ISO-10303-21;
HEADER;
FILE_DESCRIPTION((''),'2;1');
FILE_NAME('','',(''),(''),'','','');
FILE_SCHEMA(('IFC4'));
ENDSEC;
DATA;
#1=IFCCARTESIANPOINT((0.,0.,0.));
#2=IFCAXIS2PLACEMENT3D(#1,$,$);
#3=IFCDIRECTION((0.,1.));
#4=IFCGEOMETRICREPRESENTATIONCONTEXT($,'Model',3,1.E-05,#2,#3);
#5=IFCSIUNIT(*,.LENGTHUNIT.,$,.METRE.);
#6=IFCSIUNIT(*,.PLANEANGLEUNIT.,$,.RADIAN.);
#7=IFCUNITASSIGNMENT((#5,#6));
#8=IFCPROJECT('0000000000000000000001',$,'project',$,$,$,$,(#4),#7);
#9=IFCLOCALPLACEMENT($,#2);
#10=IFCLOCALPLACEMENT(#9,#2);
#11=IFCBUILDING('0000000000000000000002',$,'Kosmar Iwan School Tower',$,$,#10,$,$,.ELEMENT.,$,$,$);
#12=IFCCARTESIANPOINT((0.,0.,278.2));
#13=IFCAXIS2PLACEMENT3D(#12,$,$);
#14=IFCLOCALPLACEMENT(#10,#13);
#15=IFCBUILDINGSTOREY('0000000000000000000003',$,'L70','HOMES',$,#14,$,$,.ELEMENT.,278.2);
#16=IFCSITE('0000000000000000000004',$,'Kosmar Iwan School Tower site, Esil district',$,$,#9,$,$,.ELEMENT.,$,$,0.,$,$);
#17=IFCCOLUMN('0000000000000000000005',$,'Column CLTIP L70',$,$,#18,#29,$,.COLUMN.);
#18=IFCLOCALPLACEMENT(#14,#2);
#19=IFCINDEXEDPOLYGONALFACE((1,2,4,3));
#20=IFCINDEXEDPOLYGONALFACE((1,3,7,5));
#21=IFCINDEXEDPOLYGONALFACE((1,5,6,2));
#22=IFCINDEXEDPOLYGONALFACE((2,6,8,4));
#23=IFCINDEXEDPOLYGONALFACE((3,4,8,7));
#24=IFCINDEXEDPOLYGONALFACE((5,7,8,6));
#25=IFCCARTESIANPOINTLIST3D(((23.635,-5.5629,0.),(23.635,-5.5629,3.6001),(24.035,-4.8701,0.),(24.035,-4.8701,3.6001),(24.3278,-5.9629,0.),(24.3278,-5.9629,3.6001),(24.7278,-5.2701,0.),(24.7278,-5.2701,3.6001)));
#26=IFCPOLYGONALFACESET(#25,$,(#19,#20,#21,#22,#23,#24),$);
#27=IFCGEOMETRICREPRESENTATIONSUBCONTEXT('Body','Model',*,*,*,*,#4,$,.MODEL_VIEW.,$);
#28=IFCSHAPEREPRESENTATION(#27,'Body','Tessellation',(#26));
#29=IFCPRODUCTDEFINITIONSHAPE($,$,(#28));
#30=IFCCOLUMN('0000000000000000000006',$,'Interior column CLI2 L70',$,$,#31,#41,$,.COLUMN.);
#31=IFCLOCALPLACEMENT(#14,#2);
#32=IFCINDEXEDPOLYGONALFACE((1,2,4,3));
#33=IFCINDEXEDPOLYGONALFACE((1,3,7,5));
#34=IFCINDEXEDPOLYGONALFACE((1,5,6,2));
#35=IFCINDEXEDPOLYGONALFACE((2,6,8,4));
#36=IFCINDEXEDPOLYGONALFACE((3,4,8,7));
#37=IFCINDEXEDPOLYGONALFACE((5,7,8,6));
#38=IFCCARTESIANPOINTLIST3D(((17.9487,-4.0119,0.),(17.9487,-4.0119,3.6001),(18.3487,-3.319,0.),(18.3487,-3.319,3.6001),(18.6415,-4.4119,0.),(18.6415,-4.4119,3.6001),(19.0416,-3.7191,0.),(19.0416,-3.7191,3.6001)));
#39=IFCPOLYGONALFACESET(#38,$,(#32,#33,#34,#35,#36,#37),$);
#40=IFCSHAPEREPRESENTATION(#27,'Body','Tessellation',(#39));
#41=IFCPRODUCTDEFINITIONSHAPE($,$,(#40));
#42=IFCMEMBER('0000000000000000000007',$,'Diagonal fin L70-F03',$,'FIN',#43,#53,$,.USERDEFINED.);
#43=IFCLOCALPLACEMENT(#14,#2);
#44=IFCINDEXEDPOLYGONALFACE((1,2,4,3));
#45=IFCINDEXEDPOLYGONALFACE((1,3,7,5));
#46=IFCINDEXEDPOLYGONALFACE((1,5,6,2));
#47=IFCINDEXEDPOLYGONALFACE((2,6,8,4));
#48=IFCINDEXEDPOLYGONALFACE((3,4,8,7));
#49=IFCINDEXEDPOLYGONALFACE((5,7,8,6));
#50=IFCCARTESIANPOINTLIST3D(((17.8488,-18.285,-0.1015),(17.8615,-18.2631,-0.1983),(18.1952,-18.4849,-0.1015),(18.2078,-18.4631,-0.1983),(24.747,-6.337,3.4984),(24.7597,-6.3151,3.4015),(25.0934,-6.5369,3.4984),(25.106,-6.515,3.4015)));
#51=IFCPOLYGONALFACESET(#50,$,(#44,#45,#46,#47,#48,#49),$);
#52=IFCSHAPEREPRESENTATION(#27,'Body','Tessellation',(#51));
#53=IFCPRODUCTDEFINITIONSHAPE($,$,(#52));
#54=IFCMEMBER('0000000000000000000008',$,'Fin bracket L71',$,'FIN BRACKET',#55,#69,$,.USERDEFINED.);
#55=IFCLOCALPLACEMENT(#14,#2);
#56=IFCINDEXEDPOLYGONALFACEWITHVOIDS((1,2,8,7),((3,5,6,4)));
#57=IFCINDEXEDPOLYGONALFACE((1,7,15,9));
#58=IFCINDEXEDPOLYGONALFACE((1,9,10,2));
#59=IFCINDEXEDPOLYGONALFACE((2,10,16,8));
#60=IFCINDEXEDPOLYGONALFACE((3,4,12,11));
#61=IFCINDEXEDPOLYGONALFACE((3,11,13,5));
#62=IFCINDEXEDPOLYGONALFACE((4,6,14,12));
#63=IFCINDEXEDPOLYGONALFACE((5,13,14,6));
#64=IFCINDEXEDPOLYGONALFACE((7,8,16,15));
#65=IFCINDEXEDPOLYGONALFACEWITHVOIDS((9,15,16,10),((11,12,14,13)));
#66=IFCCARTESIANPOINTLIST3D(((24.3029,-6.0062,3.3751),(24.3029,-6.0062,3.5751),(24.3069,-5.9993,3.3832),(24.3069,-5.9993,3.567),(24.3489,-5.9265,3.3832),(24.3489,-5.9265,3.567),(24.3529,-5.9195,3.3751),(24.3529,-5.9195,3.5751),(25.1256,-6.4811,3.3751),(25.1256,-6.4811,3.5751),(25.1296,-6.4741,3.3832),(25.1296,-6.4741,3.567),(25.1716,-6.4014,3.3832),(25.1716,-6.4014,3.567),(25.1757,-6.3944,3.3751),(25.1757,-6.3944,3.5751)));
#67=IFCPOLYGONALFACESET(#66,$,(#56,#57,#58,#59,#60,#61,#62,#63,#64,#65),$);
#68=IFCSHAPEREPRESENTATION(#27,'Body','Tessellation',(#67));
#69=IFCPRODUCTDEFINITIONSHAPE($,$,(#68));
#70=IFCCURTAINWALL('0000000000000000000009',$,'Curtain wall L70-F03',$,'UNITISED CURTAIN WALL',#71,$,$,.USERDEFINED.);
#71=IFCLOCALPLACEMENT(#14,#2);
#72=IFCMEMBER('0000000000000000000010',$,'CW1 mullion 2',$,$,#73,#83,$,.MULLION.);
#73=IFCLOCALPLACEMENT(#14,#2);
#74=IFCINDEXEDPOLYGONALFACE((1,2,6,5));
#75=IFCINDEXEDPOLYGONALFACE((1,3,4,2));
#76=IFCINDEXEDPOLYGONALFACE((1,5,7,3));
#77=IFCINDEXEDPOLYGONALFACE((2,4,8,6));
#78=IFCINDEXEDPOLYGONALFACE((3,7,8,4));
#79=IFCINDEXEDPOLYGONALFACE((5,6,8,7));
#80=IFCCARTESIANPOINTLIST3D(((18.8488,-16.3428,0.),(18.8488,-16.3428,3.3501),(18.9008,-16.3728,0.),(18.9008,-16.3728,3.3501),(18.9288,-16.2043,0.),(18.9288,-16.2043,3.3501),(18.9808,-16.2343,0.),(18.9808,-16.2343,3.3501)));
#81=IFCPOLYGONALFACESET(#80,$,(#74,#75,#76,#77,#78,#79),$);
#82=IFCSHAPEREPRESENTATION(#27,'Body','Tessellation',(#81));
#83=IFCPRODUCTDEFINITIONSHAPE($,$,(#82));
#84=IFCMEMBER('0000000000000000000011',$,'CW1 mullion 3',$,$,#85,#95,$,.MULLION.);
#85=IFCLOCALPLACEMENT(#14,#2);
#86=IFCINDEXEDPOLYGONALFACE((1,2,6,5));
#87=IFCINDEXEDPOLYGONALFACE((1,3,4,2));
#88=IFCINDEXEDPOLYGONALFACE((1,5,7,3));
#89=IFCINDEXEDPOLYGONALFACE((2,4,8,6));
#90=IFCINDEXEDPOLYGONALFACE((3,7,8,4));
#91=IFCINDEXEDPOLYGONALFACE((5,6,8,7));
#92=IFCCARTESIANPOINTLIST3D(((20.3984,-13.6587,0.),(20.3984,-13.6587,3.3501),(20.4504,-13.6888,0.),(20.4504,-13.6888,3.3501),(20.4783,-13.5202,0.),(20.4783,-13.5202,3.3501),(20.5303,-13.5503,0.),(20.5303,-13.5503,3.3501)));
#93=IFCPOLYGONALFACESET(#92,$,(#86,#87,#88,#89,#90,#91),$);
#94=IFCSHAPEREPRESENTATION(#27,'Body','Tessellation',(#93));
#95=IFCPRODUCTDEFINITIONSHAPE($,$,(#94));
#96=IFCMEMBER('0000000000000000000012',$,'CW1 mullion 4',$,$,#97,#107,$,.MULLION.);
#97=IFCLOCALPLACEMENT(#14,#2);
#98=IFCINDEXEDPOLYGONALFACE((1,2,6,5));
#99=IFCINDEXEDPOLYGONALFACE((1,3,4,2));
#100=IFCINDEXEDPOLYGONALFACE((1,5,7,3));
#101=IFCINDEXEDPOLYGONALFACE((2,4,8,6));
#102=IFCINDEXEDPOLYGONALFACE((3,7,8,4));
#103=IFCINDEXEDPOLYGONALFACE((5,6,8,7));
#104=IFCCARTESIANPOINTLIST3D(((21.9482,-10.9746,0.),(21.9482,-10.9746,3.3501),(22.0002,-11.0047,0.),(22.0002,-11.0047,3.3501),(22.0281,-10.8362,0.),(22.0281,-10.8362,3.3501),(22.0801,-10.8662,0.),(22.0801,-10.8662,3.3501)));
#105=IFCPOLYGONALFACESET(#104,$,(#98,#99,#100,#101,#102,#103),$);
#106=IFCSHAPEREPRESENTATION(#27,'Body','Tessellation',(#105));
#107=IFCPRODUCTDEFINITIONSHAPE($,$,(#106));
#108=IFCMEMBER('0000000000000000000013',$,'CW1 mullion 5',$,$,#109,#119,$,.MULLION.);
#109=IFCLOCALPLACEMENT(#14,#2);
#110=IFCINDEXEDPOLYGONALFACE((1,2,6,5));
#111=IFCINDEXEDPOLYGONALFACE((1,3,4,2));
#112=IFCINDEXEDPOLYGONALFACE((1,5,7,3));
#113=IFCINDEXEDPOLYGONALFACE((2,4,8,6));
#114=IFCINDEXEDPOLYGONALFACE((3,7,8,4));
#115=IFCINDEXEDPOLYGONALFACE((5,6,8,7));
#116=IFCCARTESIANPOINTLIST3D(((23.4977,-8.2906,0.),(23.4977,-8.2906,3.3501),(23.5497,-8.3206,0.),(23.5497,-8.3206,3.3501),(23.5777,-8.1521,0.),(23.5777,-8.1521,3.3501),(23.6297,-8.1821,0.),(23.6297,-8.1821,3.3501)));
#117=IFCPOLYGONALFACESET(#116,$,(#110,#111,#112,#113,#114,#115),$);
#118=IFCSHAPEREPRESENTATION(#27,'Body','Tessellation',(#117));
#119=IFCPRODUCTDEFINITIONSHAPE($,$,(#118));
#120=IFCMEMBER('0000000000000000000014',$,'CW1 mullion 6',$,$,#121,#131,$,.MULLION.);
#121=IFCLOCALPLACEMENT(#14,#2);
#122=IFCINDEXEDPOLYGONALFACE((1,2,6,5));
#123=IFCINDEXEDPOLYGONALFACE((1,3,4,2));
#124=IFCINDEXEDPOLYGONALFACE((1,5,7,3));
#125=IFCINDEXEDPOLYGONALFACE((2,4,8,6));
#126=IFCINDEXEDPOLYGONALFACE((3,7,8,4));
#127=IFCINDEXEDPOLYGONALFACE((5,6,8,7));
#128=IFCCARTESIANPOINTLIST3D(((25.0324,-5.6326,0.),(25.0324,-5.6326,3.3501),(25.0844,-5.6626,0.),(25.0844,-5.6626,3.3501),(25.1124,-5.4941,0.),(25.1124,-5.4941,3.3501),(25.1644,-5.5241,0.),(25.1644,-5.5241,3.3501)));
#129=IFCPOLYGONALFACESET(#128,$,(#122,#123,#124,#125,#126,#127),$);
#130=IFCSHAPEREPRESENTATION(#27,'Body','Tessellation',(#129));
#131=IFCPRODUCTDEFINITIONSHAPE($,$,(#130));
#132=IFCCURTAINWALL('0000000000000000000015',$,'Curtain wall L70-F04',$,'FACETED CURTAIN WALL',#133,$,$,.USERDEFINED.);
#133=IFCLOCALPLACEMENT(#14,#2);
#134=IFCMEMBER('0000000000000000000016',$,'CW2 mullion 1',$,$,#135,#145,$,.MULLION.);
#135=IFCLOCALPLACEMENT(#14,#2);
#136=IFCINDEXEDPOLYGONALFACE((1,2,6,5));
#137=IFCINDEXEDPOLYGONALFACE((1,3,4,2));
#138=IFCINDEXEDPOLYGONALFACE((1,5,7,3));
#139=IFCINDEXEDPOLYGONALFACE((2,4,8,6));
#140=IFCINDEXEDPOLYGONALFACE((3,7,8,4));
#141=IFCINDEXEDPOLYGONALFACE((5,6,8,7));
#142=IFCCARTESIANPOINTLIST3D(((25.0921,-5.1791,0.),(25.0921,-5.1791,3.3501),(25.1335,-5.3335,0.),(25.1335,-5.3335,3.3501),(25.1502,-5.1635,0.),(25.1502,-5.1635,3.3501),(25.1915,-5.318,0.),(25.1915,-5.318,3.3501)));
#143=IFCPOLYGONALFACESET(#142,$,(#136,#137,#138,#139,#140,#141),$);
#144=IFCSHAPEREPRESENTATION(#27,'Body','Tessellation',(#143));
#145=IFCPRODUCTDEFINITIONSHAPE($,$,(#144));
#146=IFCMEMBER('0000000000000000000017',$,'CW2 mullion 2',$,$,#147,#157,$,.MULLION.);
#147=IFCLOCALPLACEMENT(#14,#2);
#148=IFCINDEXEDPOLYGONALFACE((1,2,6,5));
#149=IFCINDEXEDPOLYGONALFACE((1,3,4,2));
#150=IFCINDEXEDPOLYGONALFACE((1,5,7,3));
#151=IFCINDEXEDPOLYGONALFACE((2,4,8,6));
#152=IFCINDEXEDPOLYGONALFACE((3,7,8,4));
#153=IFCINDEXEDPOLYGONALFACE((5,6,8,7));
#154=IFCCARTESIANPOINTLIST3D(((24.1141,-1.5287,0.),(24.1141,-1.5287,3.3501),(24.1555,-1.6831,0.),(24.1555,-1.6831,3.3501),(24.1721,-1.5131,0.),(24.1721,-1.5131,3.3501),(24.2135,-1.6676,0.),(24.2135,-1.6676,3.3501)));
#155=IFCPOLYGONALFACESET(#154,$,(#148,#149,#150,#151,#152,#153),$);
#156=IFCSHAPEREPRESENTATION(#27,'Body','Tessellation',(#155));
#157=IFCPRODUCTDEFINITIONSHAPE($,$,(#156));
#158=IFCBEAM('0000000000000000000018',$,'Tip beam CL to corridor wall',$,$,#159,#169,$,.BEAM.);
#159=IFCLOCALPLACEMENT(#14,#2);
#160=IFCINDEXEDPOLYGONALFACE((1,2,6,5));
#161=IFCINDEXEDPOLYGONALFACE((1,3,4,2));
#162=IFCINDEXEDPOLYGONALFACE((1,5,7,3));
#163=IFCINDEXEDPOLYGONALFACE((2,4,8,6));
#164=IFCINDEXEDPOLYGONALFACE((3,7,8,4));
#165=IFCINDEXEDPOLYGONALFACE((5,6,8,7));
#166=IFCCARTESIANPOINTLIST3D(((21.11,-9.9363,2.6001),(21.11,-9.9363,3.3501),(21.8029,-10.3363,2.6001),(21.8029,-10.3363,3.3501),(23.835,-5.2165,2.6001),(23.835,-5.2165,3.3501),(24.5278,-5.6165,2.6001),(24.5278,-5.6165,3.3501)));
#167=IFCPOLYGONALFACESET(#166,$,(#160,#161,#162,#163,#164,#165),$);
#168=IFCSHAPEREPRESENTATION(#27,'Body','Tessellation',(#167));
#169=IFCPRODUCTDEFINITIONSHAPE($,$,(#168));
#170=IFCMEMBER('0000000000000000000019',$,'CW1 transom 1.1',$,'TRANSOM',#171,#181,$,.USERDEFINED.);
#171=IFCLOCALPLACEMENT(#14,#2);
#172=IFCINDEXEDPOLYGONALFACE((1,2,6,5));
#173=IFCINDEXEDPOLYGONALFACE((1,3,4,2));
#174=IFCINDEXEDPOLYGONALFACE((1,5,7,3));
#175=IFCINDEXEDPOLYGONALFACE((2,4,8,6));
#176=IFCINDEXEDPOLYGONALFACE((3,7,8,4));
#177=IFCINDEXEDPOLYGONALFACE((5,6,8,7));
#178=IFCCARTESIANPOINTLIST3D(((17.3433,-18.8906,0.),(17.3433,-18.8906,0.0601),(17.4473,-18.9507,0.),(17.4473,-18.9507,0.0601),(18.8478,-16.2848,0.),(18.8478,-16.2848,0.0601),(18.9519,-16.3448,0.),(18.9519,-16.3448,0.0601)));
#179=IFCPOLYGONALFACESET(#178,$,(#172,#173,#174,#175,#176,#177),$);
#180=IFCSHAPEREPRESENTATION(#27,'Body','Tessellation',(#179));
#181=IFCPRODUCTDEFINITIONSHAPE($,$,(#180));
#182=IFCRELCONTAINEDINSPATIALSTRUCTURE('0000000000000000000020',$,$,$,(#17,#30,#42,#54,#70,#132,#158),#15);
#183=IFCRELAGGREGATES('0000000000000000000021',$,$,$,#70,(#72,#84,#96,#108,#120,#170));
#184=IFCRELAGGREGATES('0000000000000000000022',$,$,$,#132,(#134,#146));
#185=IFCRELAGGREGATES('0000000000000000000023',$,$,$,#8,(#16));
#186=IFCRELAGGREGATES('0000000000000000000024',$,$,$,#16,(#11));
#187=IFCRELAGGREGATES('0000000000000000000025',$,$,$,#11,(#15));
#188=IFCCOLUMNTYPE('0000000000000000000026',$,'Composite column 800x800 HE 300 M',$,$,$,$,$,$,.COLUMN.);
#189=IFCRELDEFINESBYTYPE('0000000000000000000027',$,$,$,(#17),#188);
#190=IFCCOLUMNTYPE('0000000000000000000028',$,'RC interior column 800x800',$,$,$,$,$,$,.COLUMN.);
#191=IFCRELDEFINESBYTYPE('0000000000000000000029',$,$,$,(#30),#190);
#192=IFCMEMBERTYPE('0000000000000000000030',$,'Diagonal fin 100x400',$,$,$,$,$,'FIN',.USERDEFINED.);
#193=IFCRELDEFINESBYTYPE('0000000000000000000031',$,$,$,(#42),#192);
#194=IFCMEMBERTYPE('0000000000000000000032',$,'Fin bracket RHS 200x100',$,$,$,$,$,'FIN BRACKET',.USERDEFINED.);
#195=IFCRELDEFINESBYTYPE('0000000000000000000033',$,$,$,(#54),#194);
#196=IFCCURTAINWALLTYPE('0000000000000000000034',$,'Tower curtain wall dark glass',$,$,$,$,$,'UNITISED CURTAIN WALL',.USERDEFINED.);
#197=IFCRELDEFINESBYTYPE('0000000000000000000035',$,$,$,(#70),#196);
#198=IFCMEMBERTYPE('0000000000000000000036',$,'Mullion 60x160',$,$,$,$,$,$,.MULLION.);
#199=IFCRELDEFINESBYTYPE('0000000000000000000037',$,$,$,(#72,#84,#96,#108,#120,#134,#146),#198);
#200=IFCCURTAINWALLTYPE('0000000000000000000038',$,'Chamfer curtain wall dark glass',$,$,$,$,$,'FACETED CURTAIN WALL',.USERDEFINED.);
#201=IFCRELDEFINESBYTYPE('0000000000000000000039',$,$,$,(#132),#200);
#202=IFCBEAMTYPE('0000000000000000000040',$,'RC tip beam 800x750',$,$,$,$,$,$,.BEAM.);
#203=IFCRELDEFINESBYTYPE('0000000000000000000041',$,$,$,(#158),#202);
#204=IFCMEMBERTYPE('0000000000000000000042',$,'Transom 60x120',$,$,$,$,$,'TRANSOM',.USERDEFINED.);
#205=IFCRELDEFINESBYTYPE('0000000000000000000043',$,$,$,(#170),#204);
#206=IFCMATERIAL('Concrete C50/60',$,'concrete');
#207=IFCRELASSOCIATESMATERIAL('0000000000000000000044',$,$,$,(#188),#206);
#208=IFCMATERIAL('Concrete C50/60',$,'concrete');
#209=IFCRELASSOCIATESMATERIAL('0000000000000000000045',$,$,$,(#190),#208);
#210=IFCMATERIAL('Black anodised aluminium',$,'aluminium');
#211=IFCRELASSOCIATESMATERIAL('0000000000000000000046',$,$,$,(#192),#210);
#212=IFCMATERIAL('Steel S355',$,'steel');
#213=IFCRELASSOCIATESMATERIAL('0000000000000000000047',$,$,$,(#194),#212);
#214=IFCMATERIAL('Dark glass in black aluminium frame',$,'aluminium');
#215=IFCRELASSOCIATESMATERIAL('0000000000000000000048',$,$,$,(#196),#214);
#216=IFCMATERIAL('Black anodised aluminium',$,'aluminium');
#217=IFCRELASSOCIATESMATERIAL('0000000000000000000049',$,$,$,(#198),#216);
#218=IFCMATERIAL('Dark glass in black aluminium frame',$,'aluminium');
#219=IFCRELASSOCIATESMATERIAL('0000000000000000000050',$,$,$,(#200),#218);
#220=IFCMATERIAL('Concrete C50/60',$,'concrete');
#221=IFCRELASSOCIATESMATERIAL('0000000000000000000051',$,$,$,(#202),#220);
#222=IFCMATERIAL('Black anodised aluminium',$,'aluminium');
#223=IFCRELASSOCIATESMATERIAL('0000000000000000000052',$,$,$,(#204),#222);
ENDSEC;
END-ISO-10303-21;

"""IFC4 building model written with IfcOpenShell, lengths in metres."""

from ifc_helpers import new_model, si_unit, direction, frame, origin, origin_2d, place, context, subcontext, project, spatial, rectangle, hollow_rectangle, extrude, material, material_profile, profile_set, type_object, element, aggregate, save


model = new_model("IFC4")

# Units and contexts
model_context = context("Model", 3, precision=1e-05, world=origin(), true_north=direction((0.0, 1.0)))
body_context = subcontext(model_context, "Body", "Model", "MODEL_VIEW")
ifc_project = project(units=[si_unit("LENGTHUNIT", "METRE"), si_unit("PLANEANGLEUNIT", "RADIAN")], contexts=[model_context])

# Site, building, storey
site_placement = place(None, origin())
site = spatial("IfcSite", under=ifc_project, at=site_placement, Name="Kosmar Iwan School Tower site, Esil district", CompositionType="ELEMENT", RefElevation=0.0)
building_placement = place(site_placement, origin())
building = spatial("IfcBuilding", under=site, at=building_placement, Name="Kosmar Iwan School Tower", CompositionType="ELEMENT")
storey_placement = place(building_placement, frame((0.0, 0.0, 278.2)))
storey = spatial("IfcBuildingStorey", under=building, at=storey_placement, Name="L70", Description="HOMES", CompositionType="ELEMENT", Elevation=278.2)

# Columns
ifc_material_1 = material(Name="Concrete C50/60", Category="concrete")
ifc_material_profile_1 = material_profile(ifc_material_1, rectangle(XDim=0.8, YDim=0.8, at=origin_2d()), Name="RC 800x800 + HE 300 M")
ifc_profile_set_1 = profile_set([ifc_material_profile_1], Name="Concrete C50/60")
column_type_1 = type_object("IfcColumnType", Name="Composite column 800x800 HE 300 M", PredefinedType="COLUMN", material=ifc_profile_set_1)
column_1_placement = place(storey_placement, frame((24.1814, -5.4165, 0.0), z_axis=(0.0, 0.0, 1.0), x_axis=(0.866025, -0.5, 0.0)))
element("IfcColumn", 1, at=column_1_placement, inside=storey, type_object=column_type_1, Name="Column CLTIP L70", PredefinedType="COLUMN", context=body_context, shape_type="SweptSolid", body=[
    extrude(rectangle(XDim=0.8, YDim=0.8, at=origin_2d()), origin(), (0.0, 0.0, 1.0), 3.6001),
])
ifc_material_2 = material(Name="Concrete C50/60", Category="concrete")
ifc_material_profile_2 = material_profile(ifc_material_2, rectangle(XDim=0.8, YDim=0.8, at=origin_2d()), Name="RC 800x800")
ifc_profile_set_2 = profile_set([ifc_material_profile_2], Name="Concrete C50/60")
column_type_2 = type_object("IfcColumnType", Name="RC interior column 800x800", PredefinedType="COLUMN", material=ifc_profile_set_2)
column_2_placement = place(storey_placement, frame((18.4951, -3.8655, 0.0), z_axis=(0.0, 0.0, 1.0), x_axis=(0.866025, -0.5, 0.0)))
element("IfcColumn", 2, at=column_2_placement, inside=storey, type_object=column_type_2, Name="Interior column CLI2 L70", PredefinedType="COLUMN", context=body_context, shape_type="SweptSolid", body=[
    extrude(rectangle(XDim=0.8, YDim=0.8, at=origin_2d()), origin(), (0.0, 0.0, 1.0), 3.6001),
])

# Members
ifc_material_3 = material(Name="Black anodised aluminium", Category="aluminium")
ifc_material_profile_3 = material_profile(ifc_material_3, rectangle(XDim=0.1001, YDim=0.3999, at=origin_2d()), Name="FIN 100x400")
ifc_profile_set_3 = profile_set([ifc_material_profile_3], Name="Black anodised aluminium")
member_type_1 = type_object("IfcMemberType", Name="Diagonal fin 100x400", ElementType="FIN", PredefinedType="USERDEFINED", material=ifc_profile_set_3)
member_1_placement = place(storey_placement, frame((18.0283, -18.374, -0.1499), z_axis=(0.483802, 0.837969, 0.252475), x_axis=(-0.126237, -0.218649, 0.967604)))
element("IfcMember", 3, at=member_1_placement, inside=storey, type_object=member_type_1, Name="Diagonal fin L70-F03", ObjectType="FIN", PredefinedType="USERDEFINED", context=body_context, shape_type="SweptSolid", body=[
    extrude(rectangle(XDim=0.1001, YDim=0.3999, at=origin_2d()), origin(), (0.0, 0.0, 1.0), 14.2583),
])
ifc_material_4 = material(Name="Steel S355", Category="steel")
ifc_material_profile_4 = material_profile(ifc_material_4, hollow_rectangle(XDim=0.1001, YDim=0.2, WallThickness=0.0081, at=origin_2d()), Name="RHS 200x100x8")
ifc_profile_set_4 = profile_set([ifc_material_profile_4], Name="Steel S355")
member_type_2 = type_object("IfcMemberType", Name="Fin bracket RHS 200x100", ElementType="FIN BRACKET", PredefinedType="USERDEFINED", material=ifc_profile_set_4)
member_2_placement = place(storey_placement, frame((24.3279, -5.9629, 3.4751), z_axis=(0.8661, -0.499871, 0.0), x_axis=(0.499871, 0.8661, 0.0)))
element("IfcMember", 4, at=member_2_placement, inside=storey, type_object=member_type_2, Name="Fin bracket L71", ObjectType="FIN BRACKET", PredefinedType="USERDEFINED", context=body_context, shape_type="SweptSolid", body=[
    extrude(hollow_rectangle(XDim=0.1001, YDim=0.2, WallThickness=0.0081, at=origin_2d()), origin(), (0.0, 0.0, 1.0), 0.95),
])

# Curtain walls, members
ifc_material_5 = material(Name="Dark glass in black aluminium frame", Category="aluminium")
curtain_wall_type_1 = type_object("IfcCurtainWallType", Name="Tower curtain wall dark glass", ElementType="UNITISED CURTAIN WALL", PredefinedType="USERDEFINED", material=ifc_material_5)
curtain_wall_1_placement = place(storey_placement, origin())
curtain_wall_1 = element("IfcCurtainWall", 5, at=curtain_wall_1_placement, inside=storey, type_object=curtain_wall_type_1, Name="Curtain wall L70-F03", ObjectType="UNITISED CURTAIN WALL", PredefinedType="USERDEFINED")
ifc_material_6 = material(Name="Black anodised aluminium", Category="aluminium")
ifc_material_profile_5 = material_profile(ifc_material_6, rectangle(XDim=0.0601, YDim=0.1599, at=origin_2d()), Name="MULLION 60x160")
ifc_profile_set_5 = profile_set([ifc_material_profile_5], Name="Black anodised aluminium")
member_type_3 = type_object("IfcMemberType", Name="Mullion 60x160", PredefinedType="MULLION", material=ifc_profile_set_5)
member_3_placement = place(storey_placement, frame((18.9148, -16.2886, 0.0), z_axis=(0.0, 0.0, 1.0), x_axis=(-0.866025, 0.5, 0.0)))
member_3 = element("IfcMember", 6, at=member_3_placement, type_object=member_type_3, Name="CW1 mullion 2", PredefinedType="MULLION", context=body_context, shape_type="SweptSolid", body=[
    extrude(rectangle(XDim=0.0601, YDim=0.1599, at=origin_2d()), origin(), (0.0, 0.0, 1.0), 3.3501),
])
member_4_placement = place(storey_placement, frame((20.4644, -13.6045, 0.0), z_axis=(0.0, 0.0, 1.0), x_axis=(-0.866025, 0.5, 0.0)))
member_4 = element("IfcMember", 7, at=member_4_placement, type_object=member_type_3, Name="CW1 mullion 3", PredefinedType="MULLION", context=body_context, shape_type="SweptSolid", body=[
    extrude(rectangle(XDim=0.0601, YDim=0.1599, at=origin_2d()), origin(), (0.0, 0.0, 1.0), 3.3501),
])
member_5_placement = place(storey_placement, frame((22.0142, -10.9204, 0.0), z_axis=(0.0, 0.0, 1.0), x_axis=(-0.866025, 0.5, 0.0)))
member_5 = element("IfcMember", 8, at=member_5_placement, type_object=member_type_3, Name="CW1 mullion 4", PredefinedType="MULLION", context=body_context, shape_type="SweptSolid", body=[
    extrude(rectangle(XDim=0.0601, YDim=0.1599, at=origin_2d()), origin(), (0.0, 0.0, 1.0), 3.3501),
])
member_6_placement = place(storey_placement, frame((23.5637, -8.2363, 0.0), z_axis=(0.0, 0.0, 1.0), x_axis=(-0.866025, 0.5, 0.0)))
member_6 = element("IfcMember", 9, at=member_6_placement, type_object=member_type_3, Name="CW1 mullion 5", PredefinedType="MULLION", context=body_context, shape_type="SweptSolid", body=[
    extrude(rectangle(XDim=0.0601, YDim=0.1599, at=origin_2d()), origin(), (0.0, 0.0, 1.0), 3.3501),
])
member_7_placement = place(storey_placement, frame((25.0984, -5.5784, 0.0), z_axis=(0.0, 0.0, 1.0), x_axis=(-0.866025, 0.5, 0.0)))
member_7 = element("IfcMember", 10, at=member_7_placement, type_object=member_type_3, Name="CW1 mullion 6", PredefinedType="MULLION", context=body_context, shape_type="SweptSolid", body=[
    extrude(rectangle(XDim=0.0601, YDim=0.1599, at=origin_2d()), origin(), (0.0, 0.0, 1.0), 3.3501),
])
ifc_material_7 = material(Name="Dark glass in black aluminium frame", Category="aluminium")
curtain_wall_type_2 = type_object("IfcCurtainWallType", Name="Chamfer curtain wall dark glass", ElementType="FACETED CURTAIN WALL", PredefinedType="USERDEFINED", material=ifc_material_7)
curtain_wall_2_placement = place(storey_placement, origin())
curtain_wall_2 = element("IfcCurtainWall", 11, at=curtain_wall_2_placement, inside=storey, type_object=curtain_wall_type_2, Name="Curtain wall L70-F04", ObjectType="FACETED CURTAIN WALL", PredefinedType="USERDEFINED")
member_8_placement = place(storey_placement, frame((25.1418, -5.2485, 0.0), z_axis=(0.0, 0.0, 1.0), x_axis=(-0.965926, -0.258819, 0.0)))
member_8 = element("IfcMember", 12, at=member_8_placement, type_object=member_type_3, Name="CW2 mullion 1", PredefinedType="MULLION", context=body_context, shape_type="SweptSolid", body=[
    extrude(rectangle(XDim=0.0601, YDim=0.1599, at=origin_2d()), origin(), (0.0, 0.0, 1.0), 3.3501),
])
member_9_placement = place(storey_placement, frame((24.1638, -1.5981, 0.0), z_axis=(0.0, 0.0, 1.0), x_axis=(-0.965926, -0.258819, 0.0)))
member_9 = element("IfcMember", 13, at=member_9_placement, type_object=member_type_3, Name="CW2 mullion 2", PredefinedType="MULLION", context=body_context, shape_type="SweptSolid", body=[
    extrude(rectangle(XDim=0.0601, YDim=0.1599, at=origin_2d()), origin(), (0.0, 0.0, 1.0), 3.3501),
])

# Beam
ifc_material_8 = material(Name="Concrete C50/60", Category="concrete")
ifc_material_profile_6 = material_profile(ifc_material_8, rectangle(XDim=0.8, YDim=0.75, at=origin_2d()), Name="RC 800x750")
ifc_profile_set_6 = profile_set([ifc_material_profile_6], Name="Concrete C50/60")
beam_type = type_object("IfcBeamType", Name="RC tip beam 800x750", PredefinedType="BEAM", material=ifc_profile_set_6)
beam_placement = place(storey_placement, frame((24.1814, -5.4165, 2.9751), z_axis=(-0.499989, -0.866032, 0.0), x_axis=(0.866032, -0.499989, 0.0)))
element("IfcBeam", 14, at=beam_placement, inside=storey, type_object=beam_type, Name="Tip beam CL to corridor wall", PredefinedType="BEAM", context=body_context, shape_type="SweptSolid", body=[
    extrude(rectangle(XDim=0.8, YDim=0.75, at=origin_2d()), origin(), (0.0, 0.0, 1.0), 5.45),
])

# Member
ifc_material_9 = material(Name="Black anodised aluminium", Category="aluminium")
ifc_material_profile_7 = material_profile(ifc_material_9, rectangle(XDim=0.1201, YDim=0.0601, at=origin_2d()), Name="TRANSOM 60x120")
ifc_profile_set_7 = profile_set([ifc_material_profile_7], Name="Black anodised aluminium")
member_type_4 = type_object("IfcMemberType", Name="Transom 60x120", ElementType="TRANSOM", PredefinedType="USERDEFINED", material=ifc_profile_set_7)
member_10_placement = place(storey_placement, frame((17.3953, -18.9207, 0.03), z_axis=(0.500022, 0.866013, 0.0), x_axis=(-0.866013, 0.500022, 0.0)))
member_10 = element("IfcMember", 15, at=member_10_placement, type_object=member_type_4, Name="CW1 transom 1.1", ObjectType="TRANSOM", PredefinedType="USERDEFINED", context=body_context, shape_type="SweptSolid", body=[
    extrude(rectangle(XDim=0.1201, YDim=0.0601, at=origin_2d()), origin(), (0.0, 0.0, 1.0), 3.009),
])

aggregate(curtain_wall_1, [member_3, member_4, member_5, member_6, member_7, member_10])
aggregate(curtain_wall_2, [member_8, member_9])

save(model, "model.ifc")
